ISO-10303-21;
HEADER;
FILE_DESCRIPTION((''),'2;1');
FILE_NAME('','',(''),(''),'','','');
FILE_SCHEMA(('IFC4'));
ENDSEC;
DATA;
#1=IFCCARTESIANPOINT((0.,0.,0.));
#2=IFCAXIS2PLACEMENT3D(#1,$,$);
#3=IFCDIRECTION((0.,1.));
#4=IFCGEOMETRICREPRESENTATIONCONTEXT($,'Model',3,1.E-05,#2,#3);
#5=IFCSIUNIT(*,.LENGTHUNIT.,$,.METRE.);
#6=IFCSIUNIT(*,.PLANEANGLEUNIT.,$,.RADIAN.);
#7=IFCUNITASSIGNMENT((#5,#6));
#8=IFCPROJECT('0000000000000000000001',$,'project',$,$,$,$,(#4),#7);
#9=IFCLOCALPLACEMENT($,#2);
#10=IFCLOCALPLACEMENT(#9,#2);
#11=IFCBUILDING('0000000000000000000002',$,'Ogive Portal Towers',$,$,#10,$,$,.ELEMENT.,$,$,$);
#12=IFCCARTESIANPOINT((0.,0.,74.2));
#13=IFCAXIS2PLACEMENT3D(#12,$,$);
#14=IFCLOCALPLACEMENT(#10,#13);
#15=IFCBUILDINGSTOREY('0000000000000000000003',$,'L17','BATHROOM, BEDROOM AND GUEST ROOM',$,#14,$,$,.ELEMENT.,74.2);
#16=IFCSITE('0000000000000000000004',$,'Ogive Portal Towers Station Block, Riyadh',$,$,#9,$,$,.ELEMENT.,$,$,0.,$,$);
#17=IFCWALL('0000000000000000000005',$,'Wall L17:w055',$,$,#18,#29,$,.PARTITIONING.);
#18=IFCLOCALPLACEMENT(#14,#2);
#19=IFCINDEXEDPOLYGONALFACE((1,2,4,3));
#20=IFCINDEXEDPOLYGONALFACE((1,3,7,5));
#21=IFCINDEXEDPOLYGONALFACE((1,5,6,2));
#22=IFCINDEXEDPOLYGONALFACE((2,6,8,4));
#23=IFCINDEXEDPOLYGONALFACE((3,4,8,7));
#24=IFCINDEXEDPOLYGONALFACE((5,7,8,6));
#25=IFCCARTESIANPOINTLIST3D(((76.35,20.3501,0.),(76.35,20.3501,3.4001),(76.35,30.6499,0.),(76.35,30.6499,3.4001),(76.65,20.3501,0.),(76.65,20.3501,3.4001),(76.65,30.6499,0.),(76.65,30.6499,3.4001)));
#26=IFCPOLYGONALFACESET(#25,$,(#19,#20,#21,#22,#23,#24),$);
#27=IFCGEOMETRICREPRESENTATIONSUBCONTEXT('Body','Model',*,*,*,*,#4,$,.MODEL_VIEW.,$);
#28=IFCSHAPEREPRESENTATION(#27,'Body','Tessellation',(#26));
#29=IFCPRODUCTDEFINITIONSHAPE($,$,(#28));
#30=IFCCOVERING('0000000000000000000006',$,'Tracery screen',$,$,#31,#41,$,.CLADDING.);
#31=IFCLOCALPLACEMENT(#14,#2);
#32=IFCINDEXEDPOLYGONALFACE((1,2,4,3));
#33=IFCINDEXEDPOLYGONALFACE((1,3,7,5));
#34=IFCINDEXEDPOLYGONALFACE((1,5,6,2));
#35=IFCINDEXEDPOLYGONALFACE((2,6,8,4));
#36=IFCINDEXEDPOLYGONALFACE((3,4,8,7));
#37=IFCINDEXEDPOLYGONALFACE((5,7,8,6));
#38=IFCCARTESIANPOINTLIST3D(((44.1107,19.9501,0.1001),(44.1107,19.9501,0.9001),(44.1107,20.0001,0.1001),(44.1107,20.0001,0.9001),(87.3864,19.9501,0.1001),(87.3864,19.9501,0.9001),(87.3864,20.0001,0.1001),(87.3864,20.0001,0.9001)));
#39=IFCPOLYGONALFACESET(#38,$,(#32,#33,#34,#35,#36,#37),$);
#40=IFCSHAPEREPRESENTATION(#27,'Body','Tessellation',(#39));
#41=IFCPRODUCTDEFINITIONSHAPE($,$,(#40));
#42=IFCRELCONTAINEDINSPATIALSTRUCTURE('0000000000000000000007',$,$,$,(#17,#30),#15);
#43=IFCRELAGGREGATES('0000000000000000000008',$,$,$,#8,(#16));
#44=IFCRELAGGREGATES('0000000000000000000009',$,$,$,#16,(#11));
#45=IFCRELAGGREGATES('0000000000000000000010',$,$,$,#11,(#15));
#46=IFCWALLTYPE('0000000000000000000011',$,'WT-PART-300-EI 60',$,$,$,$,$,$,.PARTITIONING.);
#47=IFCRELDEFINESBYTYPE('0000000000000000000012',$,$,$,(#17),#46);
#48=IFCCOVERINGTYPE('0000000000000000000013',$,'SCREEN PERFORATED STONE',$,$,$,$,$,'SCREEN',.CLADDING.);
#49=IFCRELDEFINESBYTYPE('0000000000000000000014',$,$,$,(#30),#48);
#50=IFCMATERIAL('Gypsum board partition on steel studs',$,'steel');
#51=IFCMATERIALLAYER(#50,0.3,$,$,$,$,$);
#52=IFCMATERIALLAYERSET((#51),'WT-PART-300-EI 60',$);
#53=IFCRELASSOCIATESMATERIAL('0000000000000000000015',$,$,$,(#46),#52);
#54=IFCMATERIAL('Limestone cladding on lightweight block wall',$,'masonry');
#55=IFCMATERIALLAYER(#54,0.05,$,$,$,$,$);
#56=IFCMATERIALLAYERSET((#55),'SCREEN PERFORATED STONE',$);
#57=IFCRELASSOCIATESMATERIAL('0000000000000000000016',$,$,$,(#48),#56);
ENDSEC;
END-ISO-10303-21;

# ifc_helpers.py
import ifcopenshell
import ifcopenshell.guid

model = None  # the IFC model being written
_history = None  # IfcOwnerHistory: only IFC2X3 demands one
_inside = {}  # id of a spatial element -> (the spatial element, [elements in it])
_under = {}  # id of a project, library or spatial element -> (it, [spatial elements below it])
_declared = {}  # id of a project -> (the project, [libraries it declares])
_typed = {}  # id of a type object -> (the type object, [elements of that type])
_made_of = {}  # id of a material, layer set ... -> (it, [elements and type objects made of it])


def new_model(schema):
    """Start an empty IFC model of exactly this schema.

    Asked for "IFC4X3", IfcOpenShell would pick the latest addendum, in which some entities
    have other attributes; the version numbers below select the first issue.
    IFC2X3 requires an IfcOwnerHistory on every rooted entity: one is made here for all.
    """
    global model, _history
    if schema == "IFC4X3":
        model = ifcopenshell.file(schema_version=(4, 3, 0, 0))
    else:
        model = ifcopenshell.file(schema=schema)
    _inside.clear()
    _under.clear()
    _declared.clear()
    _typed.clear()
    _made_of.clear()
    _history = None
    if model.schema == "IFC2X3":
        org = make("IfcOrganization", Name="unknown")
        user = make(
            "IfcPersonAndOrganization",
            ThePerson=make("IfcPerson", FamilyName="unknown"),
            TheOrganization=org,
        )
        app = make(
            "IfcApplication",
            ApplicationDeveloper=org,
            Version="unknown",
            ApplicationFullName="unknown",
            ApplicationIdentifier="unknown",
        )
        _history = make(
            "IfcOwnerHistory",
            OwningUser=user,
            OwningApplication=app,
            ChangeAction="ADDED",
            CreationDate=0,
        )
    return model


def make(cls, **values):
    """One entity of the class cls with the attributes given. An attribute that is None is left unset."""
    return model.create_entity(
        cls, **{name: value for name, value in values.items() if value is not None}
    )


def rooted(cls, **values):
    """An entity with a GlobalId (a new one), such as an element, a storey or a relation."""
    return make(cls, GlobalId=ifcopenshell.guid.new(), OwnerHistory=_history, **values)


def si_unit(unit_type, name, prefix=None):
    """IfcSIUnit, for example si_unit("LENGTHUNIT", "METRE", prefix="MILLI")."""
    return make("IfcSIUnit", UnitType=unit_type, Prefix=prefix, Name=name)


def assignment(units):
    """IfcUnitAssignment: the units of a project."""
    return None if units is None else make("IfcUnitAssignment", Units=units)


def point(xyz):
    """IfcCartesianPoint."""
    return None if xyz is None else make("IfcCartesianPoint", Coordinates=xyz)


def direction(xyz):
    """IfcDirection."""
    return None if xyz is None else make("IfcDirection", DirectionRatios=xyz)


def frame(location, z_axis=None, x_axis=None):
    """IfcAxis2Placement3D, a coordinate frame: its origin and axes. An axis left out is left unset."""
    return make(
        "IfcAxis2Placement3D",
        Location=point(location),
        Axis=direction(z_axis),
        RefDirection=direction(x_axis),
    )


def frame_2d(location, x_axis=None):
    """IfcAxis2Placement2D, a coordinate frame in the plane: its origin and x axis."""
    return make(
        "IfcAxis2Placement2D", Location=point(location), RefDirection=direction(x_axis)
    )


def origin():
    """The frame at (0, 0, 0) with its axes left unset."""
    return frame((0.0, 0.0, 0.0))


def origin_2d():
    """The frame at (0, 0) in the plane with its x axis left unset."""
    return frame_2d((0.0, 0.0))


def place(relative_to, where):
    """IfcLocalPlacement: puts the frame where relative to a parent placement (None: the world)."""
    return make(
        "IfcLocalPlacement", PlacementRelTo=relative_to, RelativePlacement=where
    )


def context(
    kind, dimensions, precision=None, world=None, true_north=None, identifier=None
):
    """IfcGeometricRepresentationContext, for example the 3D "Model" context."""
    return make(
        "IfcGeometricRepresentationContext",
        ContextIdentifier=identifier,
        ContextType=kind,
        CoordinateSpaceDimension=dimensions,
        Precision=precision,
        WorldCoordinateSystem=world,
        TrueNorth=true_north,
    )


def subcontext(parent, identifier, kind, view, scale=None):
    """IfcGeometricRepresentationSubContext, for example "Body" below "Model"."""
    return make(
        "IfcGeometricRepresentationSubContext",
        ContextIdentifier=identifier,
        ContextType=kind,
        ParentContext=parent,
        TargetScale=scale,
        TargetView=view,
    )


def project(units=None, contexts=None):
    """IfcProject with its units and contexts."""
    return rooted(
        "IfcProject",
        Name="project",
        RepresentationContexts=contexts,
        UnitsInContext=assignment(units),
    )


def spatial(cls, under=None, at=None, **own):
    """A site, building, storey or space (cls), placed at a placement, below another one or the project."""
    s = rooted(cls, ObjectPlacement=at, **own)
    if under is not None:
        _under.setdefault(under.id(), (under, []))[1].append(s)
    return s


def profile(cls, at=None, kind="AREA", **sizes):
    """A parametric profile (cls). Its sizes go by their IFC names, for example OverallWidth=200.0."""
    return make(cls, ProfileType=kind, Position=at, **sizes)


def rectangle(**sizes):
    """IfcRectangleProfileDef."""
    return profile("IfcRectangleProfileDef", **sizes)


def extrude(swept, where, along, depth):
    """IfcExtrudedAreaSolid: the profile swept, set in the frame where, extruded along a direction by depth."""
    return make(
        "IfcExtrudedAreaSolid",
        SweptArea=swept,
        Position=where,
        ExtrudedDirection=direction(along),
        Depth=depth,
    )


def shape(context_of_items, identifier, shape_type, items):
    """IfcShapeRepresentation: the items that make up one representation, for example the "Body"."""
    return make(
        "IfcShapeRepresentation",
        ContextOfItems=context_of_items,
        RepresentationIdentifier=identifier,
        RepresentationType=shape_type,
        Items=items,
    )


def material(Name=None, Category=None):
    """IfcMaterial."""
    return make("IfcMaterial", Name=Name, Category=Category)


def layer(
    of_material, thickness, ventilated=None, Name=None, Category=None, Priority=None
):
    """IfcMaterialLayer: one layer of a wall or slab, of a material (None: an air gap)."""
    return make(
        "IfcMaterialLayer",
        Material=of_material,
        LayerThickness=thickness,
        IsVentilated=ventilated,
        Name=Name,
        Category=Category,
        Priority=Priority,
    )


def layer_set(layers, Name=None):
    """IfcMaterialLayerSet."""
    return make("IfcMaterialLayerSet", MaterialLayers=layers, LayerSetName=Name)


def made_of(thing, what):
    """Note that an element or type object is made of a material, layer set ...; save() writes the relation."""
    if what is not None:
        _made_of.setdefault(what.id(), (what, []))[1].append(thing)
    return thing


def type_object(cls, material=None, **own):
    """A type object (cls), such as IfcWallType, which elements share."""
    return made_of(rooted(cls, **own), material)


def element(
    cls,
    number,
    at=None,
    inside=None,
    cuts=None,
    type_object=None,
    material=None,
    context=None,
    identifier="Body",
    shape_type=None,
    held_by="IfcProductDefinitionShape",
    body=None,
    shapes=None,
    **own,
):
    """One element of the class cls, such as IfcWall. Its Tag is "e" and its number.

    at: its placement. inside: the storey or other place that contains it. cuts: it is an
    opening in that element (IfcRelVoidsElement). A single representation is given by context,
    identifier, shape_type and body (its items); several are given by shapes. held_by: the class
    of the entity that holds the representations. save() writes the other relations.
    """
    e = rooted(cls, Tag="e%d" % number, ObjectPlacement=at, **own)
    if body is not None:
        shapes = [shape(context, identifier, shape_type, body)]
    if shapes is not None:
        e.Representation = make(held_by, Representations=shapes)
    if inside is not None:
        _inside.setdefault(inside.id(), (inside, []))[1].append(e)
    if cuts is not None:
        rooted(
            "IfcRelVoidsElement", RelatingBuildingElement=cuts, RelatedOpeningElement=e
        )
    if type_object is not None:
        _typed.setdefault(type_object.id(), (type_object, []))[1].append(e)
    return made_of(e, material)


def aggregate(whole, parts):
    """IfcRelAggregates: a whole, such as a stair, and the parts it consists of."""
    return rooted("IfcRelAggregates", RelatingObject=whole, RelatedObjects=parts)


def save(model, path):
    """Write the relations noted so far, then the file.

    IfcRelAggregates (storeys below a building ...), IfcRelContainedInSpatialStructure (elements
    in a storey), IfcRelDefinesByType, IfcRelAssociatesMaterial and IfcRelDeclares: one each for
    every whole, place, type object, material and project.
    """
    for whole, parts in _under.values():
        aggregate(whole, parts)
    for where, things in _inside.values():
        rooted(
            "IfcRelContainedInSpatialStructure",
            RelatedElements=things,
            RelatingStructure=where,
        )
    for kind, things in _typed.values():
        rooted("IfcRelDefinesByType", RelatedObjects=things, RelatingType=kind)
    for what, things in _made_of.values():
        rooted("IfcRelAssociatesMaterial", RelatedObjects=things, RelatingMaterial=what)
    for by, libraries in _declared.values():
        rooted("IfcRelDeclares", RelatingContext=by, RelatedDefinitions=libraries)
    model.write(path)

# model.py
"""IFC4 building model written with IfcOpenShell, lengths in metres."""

from ifc_helpers import new_model, si_unit, direction, frame, frame_2d, origin, origin_2d, place, context, subcontext, project, spatial, rectangle, extrude, material, layer, layer_set, type_object, element, save


model = new_model("IFC4")

# Units and contexts
model_context = context("Model", 3, precision=1e-05, world=origin(), true_north=direction((0.0, 1.0)))
body_context = subcontext(model_context, "Body", "Model", "MODEL_VIEW")
ifc_project = project(units=[si_unit("LENGTHUNIT", "METRE"), si_unit("PLANEANGLEUNIT", "RADIAN")], contexts=[model_context])

# Site, building, storey
site_placement = place(None, origin())
site = spatial("IfcSite", under=ifc_project, at=site_placement, Name="Ogive Portal Towers Station Block, Riyadh", CompositionType="ELEMENT", RefElevation=0.0)
building_placement = place(site_placement, origin())
building = spatial("IfcBuilding", under=site, at=building_placement, Name="Ogive Portal Towers", CompositionType="ELEMENT")
storey_placement = place(building_placement, frame((0.0, 0.0, 74.2)))
storey = spatial("IfcBuildingStorey", under=building, at=storey_placement, Name="L17", Description="BATHROOM, BEDROOM AND GUEST ROOM", CompositionType="ELEMENT", Elevation=74.2)

# Shared definitions
ifc_material_1 = material(Name="Gypsum board partition on steel studs", Category="steel")
ifc_layer_1 = layer(ifc_material_1, 0.3)
ifc_layer_set_1 = layer_set([ifc_layer_1], Name="WT-PART-300-EI 60")
wall_type = type_object("IfcWallType", Name="WT-PART-300-EI 60", PredefinedType="PARTITIONING", material=ifc_layer_set_1)

# Wall
for number, where, z_axis, x_axis, name in (
    (1, (76.5, 20.3501, 0.0), (0.0, 0.0, 1.0), (0.0, 1.0, 0.0), "Wall L17:w055"),
):
    element("IfcWall", number, at=place(storey_placement, frame(where, z_axis=z_axis, x_axis=x_axis)), inside=storey, type_object=wall_type, Name=name, PredefinedType="PARTITIONING", context=body_context, shape_type="SweptSolid", body=[
        extrude(rectangle(XDim=10.2998, YDim=0.3, at=frame_2d((5.1499, 0.0))), origin(), (0.0, 0.0, 1.0), 3.4001),
    ])

# Covering
ifc_material_2 = material(Name="Limestone cladding on lightweight block wall", Category="masonry")
ifc_layer_2 = layer(ifc_material_2, 0.05)
ifc_layer_set_2 = layer_set([ifc_layer_2], Name="SCREEN PERFORATED STONE")
covering_type = type_object("IfcCoveringType", Name="SCREEN PERFORATED STONE", ElementType="SCREEN", PredefinedType="CLADDING", material=ifc_layer_set_2)
covering_placement = place(storey_placement, frame((65.7485, 19.9751, 0.1001), z_axis=(0.0, 0.0, 1.0), x_axis=(1.0, 0.0, 0.0)))
element("IfcCovering", 2, at=covering_placement, inside=storey, type_object=covering_type, Name="Tracery screen", PredefinedType="CLADDING", context=body_context, shape_type="SweptSolid", body=[
    extrude(rectangle(XDim=43.2756, YDim=0.05, at=origin_2d()), origin(), (0.0, 0.0, 1.0), 0.8),
])

save(model, "model.ifc")
